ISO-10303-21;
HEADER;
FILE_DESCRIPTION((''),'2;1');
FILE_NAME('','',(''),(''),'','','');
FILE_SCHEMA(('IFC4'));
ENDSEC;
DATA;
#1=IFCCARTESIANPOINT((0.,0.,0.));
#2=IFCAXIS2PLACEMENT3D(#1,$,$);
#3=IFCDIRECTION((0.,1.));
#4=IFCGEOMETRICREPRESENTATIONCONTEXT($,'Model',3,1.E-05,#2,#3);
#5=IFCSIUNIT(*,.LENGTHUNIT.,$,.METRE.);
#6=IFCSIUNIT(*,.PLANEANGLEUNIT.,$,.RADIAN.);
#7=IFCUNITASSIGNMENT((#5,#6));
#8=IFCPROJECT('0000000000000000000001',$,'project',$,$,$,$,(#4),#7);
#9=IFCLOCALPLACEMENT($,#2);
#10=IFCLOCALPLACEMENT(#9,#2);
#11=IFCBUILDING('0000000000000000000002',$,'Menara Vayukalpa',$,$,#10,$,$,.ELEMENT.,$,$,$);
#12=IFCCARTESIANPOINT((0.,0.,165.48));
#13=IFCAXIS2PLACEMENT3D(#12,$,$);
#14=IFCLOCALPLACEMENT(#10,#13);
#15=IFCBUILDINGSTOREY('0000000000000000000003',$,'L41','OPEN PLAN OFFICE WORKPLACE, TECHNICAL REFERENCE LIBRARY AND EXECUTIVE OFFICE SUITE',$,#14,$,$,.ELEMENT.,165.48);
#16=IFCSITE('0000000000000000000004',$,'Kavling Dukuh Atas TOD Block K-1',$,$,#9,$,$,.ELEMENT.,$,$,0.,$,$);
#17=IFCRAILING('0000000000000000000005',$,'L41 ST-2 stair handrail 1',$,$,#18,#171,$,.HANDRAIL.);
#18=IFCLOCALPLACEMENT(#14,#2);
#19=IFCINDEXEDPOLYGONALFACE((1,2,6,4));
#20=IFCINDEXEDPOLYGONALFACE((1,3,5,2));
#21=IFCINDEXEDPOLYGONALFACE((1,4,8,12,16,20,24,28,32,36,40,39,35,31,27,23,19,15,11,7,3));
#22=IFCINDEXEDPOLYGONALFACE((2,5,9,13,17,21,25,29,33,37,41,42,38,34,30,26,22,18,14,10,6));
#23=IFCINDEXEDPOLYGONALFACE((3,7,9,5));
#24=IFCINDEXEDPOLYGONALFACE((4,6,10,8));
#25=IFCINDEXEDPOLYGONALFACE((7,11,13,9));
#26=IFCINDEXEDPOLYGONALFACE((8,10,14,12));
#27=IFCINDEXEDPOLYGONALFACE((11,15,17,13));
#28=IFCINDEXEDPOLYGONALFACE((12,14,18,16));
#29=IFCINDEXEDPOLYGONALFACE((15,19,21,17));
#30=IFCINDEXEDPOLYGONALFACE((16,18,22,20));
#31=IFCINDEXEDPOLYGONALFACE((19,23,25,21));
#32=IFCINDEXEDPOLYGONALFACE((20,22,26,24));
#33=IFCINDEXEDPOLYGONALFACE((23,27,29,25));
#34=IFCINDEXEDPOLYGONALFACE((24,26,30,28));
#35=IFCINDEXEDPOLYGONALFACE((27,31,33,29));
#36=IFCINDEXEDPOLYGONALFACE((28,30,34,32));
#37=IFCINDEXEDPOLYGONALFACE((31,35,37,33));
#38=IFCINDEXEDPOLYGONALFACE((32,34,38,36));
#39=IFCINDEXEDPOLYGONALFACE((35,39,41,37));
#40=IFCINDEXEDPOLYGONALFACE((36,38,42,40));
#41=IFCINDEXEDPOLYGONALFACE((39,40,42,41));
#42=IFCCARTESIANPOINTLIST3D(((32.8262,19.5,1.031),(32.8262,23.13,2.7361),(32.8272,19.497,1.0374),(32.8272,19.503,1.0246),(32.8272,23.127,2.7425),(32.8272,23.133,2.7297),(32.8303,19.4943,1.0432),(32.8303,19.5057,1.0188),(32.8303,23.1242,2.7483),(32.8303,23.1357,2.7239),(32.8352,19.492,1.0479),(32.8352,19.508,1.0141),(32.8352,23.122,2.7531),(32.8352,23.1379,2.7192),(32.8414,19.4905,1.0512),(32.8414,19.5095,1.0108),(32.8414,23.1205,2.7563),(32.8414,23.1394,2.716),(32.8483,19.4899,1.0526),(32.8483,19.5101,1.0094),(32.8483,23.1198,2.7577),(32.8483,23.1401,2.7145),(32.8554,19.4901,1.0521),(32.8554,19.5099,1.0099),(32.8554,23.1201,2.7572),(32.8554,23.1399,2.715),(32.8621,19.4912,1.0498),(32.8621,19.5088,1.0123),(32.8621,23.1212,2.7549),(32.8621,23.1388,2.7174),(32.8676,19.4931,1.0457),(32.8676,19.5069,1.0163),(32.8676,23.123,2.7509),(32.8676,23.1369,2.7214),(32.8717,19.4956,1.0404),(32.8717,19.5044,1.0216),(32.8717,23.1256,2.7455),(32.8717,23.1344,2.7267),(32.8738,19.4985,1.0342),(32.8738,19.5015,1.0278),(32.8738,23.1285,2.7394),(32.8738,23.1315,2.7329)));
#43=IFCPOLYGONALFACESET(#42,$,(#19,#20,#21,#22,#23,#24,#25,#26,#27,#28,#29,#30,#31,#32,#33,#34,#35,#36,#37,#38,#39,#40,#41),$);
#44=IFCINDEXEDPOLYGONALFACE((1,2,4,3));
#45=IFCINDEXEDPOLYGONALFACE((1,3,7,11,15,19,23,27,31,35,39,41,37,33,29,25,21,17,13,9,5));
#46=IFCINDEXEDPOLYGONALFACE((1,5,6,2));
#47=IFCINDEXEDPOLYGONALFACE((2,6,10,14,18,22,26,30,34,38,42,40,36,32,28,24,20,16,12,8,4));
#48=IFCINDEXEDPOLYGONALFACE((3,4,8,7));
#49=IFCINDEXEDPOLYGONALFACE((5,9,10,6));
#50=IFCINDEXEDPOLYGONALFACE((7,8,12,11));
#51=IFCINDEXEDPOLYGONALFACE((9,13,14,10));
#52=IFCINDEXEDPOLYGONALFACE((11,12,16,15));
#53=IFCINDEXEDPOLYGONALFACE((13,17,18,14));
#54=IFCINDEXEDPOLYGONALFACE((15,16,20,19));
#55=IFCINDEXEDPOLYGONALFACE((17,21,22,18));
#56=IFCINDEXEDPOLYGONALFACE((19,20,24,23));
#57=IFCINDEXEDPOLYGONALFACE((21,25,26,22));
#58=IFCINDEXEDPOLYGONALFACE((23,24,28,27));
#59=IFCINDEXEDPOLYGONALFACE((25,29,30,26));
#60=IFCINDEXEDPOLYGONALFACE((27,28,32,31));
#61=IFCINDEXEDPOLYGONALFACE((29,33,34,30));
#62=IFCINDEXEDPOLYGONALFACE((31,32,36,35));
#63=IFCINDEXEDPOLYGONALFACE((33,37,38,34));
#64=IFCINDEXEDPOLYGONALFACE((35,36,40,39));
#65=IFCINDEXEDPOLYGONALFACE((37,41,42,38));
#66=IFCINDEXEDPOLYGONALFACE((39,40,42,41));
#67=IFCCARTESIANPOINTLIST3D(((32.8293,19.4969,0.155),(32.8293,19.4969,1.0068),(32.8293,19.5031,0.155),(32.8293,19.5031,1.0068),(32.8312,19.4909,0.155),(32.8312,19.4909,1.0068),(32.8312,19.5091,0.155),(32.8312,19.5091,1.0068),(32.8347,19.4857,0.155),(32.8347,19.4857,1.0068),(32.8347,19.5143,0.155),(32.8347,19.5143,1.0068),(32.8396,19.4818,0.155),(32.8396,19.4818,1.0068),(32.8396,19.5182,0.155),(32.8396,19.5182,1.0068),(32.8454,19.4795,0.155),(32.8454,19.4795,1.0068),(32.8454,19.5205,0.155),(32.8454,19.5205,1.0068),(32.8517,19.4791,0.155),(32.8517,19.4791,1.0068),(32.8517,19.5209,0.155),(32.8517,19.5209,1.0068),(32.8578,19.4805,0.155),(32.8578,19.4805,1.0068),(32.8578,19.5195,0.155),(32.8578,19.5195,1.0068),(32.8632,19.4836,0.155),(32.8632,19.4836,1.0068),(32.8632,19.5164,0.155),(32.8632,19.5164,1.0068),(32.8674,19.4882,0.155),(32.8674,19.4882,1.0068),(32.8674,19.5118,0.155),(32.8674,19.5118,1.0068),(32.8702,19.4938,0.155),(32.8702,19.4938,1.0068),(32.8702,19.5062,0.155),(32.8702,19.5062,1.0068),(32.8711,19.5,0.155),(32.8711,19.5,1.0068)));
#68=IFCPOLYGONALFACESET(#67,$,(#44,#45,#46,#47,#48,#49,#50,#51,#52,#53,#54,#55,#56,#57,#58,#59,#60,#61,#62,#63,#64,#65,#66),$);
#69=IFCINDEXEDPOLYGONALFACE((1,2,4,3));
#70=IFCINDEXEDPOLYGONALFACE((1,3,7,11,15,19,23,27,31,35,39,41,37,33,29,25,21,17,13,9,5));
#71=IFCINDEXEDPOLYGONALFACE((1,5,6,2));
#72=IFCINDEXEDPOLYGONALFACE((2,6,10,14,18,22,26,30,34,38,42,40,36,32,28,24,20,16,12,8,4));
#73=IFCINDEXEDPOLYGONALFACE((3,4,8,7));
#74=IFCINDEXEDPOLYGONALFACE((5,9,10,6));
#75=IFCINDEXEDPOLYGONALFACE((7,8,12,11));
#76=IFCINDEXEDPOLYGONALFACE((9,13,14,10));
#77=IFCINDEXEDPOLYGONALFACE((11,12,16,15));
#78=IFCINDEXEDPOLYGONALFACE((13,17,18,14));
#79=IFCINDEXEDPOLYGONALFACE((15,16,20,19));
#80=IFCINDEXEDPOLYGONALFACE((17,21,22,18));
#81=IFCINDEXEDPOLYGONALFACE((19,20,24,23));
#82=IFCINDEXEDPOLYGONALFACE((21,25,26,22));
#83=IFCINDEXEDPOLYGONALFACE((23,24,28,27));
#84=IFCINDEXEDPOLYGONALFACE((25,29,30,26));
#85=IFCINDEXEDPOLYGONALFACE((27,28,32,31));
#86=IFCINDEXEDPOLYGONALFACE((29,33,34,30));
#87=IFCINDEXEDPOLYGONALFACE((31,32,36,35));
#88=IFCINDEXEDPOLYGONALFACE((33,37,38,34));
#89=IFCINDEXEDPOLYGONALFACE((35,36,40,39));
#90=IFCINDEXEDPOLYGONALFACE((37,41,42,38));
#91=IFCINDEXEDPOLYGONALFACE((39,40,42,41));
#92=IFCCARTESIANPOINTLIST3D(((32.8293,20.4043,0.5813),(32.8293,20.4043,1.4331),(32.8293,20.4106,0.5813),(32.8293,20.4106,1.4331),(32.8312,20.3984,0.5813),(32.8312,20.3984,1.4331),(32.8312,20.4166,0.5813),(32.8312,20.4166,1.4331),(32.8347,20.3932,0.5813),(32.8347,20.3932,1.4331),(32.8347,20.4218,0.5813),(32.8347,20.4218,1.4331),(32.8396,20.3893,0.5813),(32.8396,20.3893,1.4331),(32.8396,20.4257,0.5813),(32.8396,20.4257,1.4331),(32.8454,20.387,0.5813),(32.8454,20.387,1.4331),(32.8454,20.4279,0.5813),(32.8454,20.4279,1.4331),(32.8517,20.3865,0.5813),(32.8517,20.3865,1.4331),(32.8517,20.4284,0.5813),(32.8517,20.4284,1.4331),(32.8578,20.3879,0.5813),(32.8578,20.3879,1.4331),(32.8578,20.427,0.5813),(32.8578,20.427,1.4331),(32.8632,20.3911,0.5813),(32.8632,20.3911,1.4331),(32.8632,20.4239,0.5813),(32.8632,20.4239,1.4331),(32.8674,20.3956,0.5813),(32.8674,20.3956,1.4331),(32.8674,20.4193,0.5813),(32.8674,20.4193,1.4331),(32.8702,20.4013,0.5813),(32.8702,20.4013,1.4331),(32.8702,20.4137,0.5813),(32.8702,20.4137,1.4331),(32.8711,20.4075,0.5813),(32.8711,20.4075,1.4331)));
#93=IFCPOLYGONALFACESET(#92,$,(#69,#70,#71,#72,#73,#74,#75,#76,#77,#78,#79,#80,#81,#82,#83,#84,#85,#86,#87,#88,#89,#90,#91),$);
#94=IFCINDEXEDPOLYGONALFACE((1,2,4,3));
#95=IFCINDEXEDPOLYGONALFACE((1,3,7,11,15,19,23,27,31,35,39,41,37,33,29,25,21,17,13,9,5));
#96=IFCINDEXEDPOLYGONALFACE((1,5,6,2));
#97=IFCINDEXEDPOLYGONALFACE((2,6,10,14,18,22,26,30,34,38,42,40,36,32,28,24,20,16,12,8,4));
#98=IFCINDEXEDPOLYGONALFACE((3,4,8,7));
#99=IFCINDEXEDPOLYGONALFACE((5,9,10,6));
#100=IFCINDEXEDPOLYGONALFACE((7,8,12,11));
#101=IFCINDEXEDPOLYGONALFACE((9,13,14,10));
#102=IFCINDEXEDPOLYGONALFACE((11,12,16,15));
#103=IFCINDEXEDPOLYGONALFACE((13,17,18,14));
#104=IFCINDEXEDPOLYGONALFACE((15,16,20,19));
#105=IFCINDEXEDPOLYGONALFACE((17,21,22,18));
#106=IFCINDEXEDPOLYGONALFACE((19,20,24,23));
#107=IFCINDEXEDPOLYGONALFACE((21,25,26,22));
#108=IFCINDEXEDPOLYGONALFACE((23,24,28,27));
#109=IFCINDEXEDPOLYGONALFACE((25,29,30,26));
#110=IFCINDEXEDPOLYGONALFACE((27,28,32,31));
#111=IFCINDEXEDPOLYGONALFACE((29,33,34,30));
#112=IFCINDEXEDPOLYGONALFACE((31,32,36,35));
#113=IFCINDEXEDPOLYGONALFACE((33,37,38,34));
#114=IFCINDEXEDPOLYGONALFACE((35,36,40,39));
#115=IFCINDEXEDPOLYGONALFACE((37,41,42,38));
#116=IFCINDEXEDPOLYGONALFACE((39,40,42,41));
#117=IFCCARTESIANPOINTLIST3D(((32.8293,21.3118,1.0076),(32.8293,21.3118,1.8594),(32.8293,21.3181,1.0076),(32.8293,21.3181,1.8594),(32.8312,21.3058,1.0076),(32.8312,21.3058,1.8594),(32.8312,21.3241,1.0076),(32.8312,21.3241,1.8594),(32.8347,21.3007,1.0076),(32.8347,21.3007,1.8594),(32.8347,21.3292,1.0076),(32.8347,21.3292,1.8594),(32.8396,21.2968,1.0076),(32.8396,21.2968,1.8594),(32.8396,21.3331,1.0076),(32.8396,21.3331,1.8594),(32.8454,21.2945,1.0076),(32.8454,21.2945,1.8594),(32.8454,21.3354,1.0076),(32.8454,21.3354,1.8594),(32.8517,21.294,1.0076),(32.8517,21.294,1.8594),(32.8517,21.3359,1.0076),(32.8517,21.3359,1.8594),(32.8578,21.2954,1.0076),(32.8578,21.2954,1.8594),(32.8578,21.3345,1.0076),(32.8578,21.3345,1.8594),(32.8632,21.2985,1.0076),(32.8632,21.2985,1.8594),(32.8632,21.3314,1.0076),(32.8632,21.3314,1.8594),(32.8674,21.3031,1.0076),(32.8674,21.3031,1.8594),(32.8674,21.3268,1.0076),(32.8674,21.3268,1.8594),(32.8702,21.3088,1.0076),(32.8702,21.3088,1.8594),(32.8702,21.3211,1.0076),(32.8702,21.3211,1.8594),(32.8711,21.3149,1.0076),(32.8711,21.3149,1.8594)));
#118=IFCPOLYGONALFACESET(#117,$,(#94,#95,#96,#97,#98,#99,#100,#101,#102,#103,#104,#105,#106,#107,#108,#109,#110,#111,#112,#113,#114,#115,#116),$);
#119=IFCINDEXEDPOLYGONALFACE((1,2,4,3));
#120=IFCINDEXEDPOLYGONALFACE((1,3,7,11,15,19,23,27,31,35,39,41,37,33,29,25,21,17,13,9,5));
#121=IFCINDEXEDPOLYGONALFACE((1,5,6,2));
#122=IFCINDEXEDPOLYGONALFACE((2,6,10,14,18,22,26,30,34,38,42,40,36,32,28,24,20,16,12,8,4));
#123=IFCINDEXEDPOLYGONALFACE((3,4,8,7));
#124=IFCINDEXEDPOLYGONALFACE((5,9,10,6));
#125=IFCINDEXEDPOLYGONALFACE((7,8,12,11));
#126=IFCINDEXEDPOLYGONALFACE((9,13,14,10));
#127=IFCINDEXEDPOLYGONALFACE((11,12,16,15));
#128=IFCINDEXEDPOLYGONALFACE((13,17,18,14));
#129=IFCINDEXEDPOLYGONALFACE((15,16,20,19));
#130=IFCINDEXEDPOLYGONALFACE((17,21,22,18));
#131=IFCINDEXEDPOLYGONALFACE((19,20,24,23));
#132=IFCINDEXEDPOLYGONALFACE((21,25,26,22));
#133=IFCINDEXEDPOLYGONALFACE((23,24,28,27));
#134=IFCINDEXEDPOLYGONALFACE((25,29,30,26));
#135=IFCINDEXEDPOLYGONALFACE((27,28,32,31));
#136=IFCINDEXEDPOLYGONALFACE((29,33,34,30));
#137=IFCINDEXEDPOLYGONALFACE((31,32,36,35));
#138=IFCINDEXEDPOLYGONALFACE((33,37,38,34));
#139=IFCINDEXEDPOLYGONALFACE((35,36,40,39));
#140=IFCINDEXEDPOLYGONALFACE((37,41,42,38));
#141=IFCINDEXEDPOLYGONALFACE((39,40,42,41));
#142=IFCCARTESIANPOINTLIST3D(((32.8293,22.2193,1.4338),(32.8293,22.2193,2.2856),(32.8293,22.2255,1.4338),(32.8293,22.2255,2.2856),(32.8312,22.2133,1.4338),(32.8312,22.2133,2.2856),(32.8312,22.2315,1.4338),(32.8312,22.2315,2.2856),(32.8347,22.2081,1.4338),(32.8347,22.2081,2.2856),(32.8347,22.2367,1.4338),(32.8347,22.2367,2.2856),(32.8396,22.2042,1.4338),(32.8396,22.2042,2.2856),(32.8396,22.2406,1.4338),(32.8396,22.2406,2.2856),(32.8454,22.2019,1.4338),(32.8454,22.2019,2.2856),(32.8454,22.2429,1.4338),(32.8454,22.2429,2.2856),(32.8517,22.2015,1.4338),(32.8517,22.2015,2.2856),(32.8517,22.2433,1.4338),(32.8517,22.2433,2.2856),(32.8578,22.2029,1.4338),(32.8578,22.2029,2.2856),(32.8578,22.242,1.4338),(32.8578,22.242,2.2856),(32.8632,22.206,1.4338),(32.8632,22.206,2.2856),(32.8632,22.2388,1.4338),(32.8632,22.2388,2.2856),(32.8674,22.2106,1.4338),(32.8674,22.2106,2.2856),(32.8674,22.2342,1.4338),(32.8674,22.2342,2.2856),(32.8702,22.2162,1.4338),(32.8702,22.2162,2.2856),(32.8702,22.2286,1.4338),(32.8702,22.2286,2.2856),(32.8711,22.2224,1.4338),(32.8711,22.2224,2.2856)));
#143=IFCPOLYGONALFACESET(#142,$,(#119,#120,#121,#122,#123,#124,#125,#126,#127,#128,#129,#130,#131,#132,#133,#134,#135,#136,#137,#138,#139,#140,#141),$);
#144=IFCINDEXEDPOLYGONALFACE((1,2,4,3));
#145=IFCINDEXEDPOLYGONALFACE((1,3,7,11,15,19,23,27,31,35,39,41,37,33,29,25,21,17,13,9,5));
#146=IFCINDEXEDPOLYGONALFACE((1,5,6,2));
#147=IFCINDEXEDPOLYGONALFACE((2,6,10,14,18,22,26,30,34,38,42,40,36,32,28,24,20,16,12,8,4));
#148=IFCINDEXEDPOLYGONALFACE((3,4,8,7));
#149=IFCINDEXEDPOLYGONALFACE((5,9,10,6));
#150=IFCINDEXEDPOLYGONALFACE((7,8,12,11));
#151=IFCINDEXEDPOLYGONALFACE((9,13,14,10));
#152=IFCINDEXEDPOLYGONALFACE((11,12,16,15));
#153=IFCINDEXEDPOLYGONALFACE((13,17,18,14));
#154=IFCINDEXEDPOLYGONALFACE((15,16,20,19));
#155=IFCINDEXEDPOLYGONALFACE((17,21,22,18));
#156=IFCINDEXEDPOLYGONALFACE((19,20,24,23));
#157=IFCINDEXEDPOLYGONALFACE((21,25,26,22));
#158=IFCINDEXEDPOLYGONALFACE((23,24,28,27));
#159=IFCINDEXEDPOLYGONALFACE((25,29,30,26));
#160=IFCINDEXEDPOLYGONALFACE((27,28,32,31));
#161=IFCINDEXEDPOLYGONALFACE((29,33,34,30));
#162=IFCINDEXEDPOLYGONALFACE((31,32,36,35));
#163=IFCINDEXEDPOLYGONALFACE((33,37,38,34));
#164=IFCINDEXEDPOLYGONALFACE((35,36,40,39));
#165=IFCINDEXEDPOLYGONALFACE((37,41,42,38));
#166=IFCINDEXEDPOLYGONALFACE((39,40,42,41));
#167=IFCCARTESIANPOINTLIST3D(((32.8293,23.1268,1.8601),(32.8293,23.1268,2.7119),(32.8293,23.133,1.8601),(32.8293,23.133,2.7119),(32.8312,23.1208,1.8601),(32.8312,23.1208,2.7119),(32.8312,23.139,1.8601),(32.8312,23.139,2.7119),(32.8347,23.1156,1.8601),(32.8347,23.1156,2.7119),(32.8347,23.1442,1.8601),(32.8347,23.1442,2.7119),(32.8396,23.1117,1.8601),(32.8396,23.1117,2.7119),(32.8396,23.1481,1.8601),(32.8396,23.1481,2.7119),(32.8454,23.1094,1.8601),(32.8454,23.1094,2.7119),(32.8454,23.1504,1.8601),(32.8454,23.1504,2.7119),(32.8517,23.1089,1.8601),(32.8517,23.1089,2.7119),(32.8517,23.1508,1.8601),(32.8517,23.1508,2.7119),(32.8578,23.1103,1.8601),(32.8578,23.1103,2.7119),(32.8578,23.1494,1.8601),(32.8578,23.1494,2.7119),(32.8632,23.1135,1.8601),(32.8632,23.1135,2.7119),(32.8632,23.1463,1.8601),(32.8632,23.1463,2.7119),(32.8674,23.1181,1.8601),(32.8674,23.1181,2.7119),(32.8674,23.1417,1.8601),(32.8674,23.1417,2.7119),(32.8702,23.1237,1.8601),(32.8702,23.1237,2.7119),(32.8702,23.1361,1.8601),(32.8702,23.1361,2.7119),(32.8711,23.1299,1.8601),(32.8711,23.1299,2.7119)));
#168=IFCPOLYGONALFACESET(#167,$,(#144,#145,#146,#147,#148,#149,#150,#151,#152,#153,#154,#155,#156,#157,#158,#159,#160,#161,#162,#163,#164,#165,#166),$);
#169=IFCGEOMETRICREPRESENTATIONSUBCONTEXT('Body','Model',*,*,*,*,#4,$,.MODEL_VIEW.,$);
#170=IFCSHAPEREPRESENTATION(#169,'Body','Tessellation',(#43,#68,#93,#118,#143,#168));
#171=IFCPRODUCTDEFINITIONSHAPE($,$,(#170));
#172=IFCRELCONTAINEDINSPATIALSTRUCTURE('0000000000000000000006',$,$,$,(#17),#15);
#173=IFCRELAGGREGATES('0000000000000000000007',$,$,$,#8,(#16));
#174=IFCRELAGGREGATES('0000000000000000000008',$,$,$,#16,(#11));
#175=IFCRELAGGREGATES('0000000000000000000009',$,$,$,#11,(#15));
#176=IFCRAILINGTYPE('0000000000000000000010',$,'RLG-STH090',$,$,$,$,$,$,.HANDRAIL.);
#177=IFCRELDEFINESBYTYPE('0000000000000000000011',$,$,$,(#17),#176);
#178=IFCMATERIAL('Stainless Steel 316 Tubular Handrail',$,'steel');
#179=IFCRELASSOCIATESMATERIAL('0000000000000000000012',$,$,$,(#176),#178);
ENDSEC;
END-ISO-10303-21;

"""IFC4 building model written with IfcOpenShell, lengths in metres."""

from ifc_helpers import new_model, si_unit, direction, frame, origin, origin_2d, place, context, subcontext, project, spatial, circle, extrude, material, type_object, element, save


model = new_model("IFC4")

# Units and contexts
model_context = context("Model", 3, precision=1e-05, world=origin(), true_north=direction((0.0, 1.0)))
body_context = subcontext(model_context, "Body", "Model", "MODEL_VIEW")
ifc_project = project(units=[si_unit("LENGTHUNIT", "METRE"), si_unit("PLANEANGLEUNIT", "RADIAN")], contexts=[model_context])

# Site, building, storey
site_placement = place(None, origin())
site = spatial("IfcSite", under=ifc_project, at=site_placement, Name="Kavling Dukuh Atas TOD Block K-1", CompositionType="ELEMENT", RefElevation=0.0)
building_placement = place(site_placement, origin())
building = spatial("IfcBuilding", under=site, at=building_placement, Name="Menara Vayukalpa", CompositionType="ELEMENT")
storey_placement = place(building_placement, frame((0.0, 0.0, 165.48)))
storey = spatial("IfcBuildingStorey", under=building, at=storey_placement, Name="L41", Description="OPEN PLAN OFFICE WORKPLACE, TECHNICAL REFERENCE LIBRARY AND EXECUTIVE OFFICE SUITE", CompositionType="ELEMENT", Elevation=165.48)

# Railing
ifc_material_1 = material(Name="Stainless Steel 316 Tubular Handrail", Category="steel")
railing_type_1 = type_object("IfcRailingType", Name="RLG-STH090", PredefinedType="HANDRAIL", material=ifc_material_1)
railing_1_placement = place(storey_placement, frame((32.8501, 19.5, 0.155)))
element("IfcRailing", 1, at=railing_1_placement, inside=storey, type_object=railing_type_1, Name="L41 ST-2 stair handrail 1", PredefinedType="HANDRAIL", context=body_context, shape_type="SweptSolid", body=[
    extrude(circle(Radius=0.0239, at=origin_2d()), frame((0.0, 0.0, 0.876), z_axis=(0.0, 0.905116, 0.425164), x_axis=(-1.0, 0.0, 0.0)), (0.0, 0.0, 1.0), 4.0105),
    extrude(circle(Radius=0.021, at=origin_2d()), origin(), (0.0, 0.0, 1.0), 0.8518),
    extrude(circle(Radius=0.021, at=origin_2d()), frame((0.0, 0.9075, 0.4263)), (0.0, 0.0, 1.0), 0.8518),
    extrude(circle(Radius=0.021, at=origin_2d()), frame((0.0, 1.8149, 0.8525)), (0.0, 0.0, 1.0), 0.8518),
    extrude(circle(Radius=0.021, at=origin_2d()), frame((0.0, 2.7224, 1.2788)), (0.0, 0.0, 1.0), 0.8518),
    extrude(circle(Radius=0.021, at=origin_2d()), frame((0.0, 3.6299, 1.7051)), (0.0, 0.0, 1.0), 0.8518),
])

save(model, "model.ifc")
